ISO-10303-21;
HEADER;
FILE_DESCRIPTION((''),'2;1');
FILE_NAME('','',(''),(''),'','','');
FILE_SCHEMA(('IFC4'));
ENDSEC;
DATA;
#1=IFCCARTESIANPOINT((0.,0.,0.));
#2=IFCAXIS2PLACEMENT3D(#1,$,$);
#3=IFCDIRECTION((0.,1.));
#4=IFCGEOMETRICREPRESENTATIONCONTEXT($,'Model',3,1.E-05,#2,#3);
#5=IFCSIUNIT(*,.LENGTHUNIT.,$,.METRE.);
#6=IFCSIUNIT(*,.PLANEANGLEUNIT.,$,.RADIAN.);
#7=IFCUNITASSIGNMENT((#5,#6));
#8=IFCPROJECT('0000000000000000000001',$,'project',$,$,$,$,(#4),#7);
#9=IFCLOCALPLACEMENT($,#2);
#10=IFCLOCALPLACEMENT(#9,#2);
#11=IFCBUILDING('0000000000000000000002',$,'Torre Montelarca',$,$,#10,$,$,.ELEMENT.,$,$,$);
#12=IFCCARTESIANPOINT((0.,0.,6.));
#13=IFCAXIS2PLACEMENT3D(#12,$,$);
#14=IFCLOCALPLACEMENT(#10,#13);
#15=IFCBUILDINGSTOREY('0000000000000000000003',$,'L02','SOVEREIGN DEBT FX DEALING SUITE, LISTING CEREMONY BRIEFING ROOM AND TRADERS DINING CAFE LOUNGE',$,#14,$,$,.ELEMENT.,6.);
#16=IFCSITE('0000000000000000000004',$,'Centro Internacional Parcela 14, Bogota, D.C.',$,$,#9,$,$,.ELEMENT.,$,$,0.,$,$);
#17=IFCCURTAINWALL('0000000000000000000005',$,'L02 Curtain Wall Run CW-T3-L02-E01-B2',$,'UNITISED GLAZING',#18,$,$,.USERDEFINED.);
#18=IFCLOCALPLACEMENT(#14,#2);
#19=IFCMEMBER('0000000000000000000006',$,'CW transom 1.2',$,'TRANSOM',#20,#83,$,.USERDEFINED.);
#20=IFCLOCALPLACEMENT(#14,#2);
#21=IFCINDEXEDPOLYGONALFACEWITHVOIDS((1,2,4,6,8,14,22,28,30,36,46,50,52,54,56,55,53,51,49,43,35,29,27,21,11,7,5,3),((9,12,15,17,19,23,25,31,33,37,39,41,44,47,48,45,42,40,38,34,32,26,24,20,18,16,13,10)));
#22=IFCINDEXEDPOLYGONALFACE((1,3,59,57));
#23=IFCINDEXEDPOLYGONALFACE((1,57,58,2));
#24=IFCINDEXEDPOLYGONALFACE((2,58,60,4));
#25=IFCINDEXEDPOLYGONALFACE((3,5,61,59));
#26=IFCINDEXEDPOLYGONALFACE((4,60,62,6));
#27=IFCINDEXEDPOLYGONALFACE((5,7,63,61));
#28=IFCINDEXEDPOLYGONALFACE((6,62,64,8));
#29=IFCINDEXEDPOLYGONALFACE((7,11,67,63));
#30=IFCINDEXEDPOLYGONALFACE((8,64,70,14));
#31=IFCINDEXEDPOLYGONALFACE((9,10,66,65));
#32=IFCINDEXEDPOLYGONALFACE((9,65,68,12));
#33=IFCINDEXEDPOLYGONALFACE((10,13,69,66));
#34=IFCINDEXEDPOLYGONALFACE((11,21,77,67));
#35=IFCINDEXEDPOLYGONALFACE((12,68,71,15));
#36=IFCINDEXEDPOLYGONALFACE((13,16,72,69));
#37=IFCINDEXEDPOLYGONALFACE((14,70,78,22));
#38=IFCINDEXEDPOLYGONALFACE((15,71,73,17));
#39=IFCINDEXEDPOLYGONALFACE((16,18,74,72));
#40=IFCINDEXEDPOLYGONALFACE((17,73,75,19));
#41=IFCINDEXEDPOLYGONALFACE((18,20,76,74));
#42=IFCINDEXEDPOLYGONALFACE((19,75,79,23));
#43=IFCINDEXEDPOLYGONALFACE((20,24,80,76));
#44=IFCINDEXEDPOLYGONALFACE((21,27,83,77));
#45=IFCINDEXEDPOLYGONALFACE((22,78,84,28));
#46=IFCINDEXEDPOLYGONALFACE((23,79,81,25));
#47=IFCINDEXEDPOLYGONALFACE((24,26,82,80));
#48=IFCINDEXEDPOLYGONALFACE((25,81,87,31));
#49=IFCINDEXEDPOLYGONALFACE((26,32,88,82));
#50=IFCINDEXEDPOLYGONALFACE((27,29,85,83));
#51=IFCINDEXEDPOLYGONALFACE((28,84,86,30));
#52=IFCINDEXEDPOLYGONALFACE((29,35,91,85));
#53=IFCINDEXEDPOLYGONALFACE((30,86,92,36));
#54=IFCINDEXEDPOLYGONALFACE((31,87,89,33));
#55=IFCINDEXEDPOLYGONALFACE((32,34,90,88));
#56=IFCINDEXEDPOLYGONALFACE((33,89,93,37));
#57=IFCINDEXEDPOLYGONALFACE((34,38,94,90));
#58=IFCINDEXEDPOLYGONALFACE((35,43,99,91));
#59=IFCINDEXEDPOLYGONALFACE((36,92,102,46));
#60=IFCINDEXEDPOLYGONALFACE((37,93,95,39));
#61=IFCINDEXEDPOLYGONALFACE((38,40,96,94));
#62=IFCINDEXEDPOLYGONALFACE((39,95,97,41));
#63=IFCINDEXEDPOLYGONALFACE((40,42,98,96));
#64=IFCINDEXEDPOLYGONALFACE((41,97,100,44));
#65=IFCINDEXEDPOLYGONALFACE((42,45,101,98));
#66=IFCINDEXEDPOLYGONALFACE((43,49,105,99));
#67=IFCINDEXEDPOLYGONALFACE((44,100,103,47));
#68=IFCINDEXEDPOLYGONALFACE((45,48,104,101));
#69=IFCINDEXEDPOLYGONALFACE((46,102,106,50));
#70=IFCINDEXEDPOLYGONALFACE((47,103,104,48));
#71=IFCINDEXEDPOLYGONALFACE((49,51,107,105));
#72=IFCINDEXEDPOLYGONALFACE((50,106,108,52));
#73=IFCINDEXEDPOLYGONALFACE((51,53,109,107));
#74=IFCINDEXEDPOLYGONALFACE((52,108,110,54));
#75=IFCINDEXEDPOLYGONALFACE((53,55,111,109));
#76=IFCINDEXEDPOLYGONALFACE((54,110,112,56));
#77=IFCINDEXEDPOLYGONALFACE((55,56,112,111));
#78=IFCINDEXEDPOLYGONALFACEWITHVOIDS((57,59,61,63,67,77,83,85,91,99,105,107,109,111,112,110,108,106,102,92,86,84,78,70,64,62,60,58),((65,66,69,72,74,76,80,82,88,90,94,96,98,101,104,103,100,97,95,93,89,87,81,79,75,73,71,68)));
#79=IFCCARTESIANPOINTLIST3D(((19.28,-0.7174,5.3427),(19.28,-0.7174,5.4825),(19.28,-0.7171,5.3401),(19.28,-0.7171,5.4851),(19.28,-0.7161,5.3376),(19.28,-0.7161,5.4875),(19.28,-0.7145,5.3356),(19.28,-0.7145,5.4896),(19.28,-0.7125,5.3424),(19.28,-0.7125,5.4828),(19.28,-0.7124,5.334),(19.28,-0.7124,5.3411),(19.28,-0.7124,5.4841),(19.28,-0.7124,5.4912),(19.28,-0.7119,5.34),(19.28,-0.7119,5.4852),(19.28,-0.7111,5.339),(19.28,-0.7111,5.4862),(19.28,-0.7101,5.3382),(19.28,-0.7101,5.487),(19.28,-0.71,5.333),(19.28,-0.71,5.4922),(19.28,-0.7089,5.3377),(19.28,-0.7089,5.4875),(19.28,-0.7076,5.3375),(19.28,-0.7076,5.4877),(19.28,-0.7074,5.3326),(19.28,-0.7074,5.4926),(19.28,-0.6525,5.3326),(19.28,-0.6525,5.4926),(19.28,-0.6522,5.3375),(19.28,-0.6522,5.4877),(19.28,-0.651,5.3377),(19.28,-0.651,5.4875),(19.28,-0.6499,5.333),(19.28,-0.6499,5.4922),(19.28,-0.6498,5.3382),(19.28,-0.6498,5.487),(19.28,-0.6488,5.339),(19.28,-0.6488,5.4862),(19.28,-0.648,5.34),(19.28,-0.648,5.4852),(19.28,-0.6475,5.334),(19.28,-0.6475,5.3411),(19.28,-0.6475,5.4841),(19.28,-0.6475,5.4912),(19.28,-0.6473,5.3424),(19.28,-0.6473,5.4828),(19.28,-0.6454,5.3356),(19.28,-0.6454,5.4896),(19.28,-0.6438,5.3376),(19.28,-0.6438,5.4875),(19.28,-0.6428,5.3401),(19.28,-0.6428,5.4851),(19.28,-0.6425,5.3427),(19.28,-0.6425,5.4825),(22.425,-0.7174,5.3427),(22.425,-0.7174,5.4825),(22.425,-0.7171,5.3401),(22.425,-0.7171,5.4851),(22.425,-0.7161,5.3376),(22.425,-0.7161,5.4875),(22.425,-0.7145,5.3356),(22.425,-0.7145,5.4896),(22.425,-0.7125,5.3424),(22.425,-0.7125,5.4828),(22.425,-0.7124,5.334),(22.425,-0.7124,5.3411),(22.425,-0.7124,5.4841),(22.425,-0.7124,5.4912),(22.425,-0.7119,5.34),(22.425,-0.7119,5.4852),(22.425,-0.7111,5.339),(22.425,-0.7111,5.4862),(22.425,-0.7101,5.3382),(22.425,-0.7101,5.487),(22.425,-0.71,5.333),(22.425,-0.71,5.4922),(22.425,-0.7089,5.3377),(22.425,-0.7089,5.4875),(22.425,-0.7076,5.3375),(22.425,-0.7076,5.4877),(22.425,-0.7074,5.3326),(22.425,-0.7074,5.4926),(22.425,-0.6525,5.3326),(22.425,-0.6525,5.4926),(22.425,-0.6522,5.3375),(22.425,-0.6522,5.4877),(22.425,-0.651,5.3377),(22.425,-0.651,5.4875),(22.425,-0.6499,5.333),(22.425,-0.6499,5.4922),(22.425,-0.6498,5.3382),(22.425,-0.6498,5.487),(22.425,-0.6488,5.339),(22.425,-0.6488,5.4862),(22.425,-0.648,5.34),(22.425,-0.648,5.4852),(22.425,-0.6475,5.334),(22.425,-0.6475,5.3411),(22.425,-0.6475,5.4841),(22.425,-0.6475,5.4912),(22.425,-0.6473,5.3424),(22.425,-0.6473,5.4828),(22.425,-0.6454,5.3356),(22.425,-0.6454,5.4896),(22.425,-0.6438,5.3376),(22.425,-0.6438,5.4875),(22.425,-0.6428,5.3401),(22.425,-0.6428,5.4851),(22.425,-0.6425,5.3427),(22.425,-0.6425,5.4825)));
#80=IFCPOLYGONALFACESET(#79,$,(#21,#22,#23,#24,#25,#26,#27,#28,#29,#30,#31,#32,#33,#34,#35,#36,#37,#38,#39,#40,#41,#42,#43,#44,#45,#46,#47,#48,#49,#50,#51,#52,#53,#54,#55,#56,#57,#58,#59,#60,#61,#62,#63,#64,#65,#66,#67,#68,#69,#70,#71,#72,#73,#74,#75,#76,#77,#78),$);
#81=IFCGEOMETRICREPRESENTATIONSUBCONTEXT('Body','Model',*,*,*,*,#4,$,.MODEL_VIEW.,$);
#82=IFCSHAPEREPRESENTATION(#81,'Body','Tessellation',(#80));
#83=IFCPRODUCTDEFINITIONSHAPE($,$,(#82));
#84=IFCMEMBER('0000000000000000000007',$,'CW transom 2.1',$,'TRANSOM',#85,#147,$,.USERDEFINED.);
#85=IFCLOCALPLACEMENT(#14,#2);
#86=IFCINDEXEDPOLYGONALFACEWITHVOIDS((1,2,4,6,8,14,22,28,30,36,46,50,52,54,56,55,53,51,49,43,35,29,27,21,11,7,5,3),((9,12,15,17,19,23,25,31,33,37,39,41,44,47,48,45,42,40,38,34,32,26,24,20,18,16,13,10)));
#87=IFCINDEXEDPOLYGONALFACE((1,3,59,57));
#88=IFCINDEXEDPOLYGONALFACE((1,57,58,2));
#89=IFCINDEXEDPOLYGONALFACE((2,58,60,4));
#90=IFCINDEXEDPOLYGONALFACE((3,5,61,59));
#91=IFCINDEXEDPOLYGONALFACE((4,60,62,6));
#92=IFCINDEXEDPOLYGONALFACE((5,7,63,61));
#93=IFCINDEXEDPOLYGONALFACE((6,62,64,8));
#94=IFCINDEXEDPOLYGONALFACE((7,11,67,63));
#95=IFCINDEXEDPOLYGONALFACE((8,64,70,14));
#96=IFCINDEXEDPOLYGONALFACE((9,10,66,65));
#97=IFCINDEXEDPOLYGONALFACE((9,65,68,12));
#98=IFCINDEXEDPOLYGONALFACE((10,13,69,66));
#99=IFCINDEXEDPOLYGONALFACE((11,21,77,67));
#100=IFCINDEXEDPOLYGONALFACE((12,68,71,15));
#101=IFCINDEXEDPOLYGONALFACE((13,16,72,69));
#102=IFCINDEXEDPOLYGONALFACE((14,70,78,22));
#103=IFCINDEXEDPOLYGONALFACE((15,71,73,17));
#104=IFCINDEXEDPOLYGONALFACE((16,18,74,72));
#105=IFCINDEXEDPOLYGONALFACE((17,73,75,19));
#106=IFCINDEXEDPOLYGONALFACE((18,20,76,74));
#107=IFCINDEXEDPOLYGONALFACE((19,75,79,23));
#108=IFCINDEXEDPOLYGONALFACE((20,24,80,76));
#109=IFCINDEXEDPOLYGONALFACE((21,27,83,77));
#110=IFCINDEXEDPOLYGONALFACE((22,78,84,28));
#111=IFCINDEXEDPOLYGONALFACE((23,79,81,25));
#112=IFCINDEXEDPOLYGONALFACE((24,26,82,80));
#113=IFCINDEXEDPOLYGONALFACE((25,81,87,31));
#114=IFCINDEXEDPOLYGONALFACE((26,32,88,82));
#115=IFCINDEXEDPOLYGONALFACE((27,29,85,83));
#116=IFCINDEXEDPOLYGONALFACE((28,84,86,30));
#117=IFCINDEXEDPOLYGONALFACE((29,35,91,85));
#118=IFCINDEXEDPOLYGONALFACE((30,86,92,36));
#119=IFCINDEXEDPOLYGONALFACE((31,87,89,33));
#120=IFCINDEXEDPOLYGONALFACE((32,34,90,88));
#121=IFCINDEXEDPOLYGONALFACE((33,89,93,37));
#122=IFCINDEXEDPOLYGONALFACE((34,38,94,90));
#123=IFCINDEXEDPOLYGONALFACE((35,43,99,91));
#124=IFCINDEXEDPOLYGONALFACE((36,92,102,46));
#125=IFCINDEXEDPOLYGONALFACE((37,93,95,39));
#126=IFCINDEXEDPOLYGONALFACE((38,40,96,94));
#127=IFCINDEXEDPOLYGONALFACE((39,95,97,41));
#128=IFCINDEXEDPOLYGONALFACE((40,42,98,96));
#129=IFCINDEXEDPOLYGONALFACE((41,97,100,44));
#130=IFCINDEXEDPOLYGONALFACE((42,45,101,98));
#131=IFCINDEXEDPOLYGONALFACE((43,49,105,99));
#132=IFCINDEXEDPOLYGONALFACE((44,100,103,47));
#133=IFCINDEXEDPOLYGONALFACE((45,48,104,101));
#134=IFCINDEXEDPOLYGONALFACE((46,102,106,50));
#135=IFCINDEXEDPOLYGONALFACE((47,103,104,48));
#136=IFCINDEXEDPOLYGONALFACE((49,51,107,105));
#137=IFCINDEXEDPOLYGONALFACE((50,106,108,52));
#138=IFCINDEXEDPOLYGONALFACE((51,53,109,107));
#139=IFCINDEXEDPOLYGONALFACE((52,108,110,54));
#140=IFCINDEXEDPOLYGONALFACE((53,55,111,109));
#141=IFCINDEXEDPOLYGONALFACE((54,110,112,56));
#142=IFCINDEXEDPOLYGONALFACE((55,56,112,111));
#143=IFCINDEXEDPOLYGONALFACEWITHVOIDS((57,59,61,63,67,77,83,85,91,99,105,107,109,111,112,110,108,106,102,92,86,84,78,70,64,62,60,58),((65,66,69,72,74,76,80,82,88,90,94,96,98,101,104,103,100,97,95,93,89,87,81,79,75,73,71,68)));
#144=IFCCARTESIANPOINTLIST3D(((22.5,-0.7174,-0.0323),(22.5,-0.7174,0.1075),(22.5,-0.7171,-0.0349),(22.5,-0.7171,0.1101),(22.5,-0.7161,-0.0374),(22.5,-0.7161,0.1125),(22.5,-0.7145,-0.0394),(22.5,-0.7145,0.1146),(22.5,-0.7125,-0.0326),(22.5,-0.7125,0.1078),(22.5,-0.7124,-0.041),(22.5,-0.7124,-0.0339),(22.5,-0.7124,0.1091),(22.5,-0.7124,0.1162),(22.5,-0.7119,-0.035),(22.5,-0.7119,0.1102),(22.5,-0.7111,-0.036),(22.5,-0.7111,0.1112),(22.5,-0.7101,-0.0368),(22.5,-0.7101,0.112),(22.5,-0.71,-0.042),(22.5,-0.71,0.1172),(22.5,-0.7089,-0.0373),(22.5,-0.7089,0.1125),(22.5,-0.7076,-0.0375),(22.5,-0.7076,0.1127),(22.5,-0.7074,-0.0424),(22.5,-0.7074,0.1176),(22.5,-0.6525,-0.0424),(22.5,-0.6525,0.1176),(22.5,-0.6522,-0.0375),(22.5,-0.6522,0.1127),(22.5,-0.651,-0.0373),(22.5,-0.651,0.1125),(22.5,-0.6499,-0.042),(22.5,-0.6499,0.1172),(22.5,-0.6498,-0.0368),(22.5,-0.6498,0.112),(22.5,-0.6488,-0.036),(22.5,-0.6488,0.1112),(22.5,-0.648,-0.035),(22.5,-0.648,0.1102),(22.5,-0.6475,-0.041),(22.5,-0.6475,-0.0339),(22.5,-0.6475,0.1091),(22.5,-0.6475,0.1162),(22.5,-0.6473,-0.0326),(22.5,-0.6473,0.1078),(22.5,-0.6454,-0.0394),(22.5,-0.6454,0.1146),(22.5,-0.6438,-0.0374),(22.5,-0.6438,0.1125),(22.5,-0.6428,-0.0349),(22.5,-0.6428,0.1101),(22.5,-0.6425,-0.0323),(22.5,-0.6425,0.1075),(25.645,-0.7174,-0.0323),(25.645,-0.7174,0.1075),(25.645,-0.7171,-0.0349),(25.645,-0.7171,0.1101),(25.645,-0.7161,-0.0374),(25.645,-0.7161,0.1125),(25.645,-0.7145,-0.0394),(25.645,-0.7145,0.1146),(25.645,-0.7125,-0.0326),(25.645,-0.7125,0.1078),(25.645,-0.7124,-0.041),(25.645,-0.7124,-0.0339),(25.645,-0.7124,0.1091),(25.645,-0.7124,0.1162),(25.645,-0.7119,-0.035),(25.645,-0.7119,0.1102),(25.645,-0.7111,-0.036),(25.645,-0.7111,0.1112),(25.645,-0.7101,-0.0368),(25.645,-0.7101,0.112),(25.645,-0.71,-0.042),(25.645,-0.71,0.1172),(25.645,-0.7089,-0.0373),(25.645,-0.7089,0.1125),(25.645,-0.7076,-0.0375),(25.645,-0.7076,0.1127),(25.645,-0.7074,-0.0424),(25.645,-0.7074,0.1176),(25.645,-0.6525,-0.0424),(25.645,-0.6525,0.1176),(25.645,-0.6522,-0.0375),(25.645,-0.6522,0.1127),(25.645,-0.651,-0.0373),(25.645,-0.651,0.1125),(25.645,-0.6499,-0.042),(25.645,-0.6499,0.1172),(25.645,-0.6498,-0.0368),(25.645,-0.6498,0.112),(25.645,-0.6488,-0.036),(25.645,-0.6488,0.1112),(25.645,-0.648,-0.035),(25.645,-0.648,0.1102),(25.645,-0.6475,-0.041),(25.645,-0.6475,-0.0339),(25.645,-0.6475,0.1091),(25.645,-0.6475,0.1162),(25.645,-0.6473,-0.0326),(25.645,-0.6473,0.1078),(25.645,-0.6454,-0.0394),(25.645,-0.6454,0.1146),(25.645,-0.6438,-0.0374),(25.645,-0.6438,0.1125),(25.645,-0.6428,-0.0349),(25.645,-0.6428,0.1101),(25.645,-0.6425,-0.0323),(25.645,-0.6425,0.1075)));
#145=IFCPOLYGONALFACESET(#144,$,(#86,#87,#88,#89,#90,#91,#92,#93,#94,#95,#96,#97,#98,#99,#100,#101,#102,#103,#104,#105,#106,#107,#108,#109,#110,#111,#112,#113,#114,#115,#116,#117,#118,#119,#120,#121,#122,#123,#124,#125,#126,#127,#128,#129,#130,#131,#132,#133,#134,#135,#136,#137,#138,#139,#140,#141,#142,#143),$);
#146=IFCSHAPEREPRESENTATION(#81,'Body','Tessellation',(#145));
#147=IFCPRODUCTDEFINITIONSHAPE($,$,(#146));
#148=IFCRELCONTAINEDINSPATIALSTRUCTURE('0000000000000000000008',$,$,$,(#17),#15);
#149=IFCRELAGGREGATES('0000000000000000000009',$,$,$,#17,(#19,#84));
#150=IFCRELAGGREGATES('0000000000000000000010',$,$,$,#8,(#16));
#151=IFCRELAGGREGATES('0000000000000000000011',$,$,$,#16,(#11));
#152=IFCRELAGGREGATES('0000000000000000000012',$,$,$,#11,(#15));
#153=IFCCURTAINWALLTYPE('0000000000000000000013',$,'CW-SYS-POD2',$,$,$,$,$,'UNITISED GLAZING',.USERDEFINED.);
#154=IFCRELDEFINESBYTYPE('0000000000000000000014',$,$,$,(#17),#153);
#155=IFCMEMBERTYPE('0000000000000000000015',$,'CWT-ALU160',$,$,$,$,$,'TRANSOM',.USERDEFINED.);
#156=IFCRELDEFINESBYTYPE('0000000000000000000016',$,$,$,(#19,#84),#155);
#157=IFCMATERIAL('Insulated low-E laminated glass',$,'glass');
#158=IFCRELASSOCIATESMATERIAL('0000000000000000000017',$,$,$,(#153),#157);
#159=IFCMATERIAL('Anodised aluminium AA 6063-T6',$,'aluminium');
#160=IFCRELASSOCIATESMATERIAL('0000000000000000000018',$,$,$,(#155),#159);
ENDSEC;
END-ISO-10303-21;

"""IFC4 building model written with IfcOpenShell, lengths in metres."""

from ifc_helpers import new_model, si_unit, direction, frame, origin, origin_2d, place, context, subcontext, project, spatial, hollow_rectangle, extrude, source, transform, mapped, material, material_profile, profile_set, type_object, element, aggregate, save


model = new_model("IFC4")

# Units and contexts
model_context = context("Model", 3, precision=1e-05, world=origin(), true_north=direction((0.0, 1.0)))
body_context = subcontext(model_context, "Body", "Model", "MODEL_VIEW")
ifc_project = project(units=[si_unit("LENGTHUNIT", "METRE"), si_unit("PLANEANGLEUNIT", "RADIAN")], contexts=[model_context])

# Site, building, storey
site_placement = place(None, origin())
site = spatial("IfcSite", under=ifc_project, at=site_placement, Name="Centro Internacional Parcela 14, Bogota, D.C.", CompositionType="ELEMENT", RefElevation=0.0)
building_placement = place(site_placement, origin())
building = spatial("IfcBuilding", under=site, at=building_placement, Name="Torre Montelarca", CompositionType="ELEMENT")
storey_placement = place(building_placement, frame((0.0, 0.0, 6.0)))
storey = spatial("IfcBuildingStorey", under=building, at=storey_placement, Name="L02", Description="SOVEREIGN DEBT FX DEALING SUITE, LISTING CEREMONY BRIEFING ROOM AND TRADERS DINING CAFE LOUNGE", CompositionType="ELEMENT", Elevation=6.0)

# Curtain wall
ifc_material_1 = material(Name="Insulated low-E laminated glass", Category="glass")
curtain_wall_type = type_object("IfcCurtainWallType", Name="CW-SYS-POD2", ElementType="UNITISED GLAZING", PredefinedType="USERDEFINED", material=ifc_material_1)
ifc_material_2 = material(Name="Anodised aluminium AA 6063-T6", Category="aluminium")
curtain_wall_1_placement = place(storey_placement, origin())
curtain_wall_1 = element("IfcCurtainWall", 1, at=curtain_wall_1_placement, inside=storey, type_object=curtain_wall_type, Name="L02 Curtain Wall Run CW-T3-L02-E01-B2", ObjectType="UNITISED GLAZING", PredefinedType="USERDEFINED")

# Members
ifc_material_profile_1 = material_profile(ifc_material_2, hollow_rectangle(XDim=0.075, YDim=0.1599, WallThickness=0.0049, InnerFilletRadius=0.0049, OuterFilletRadius=0.01, at=origin_2d()), Name="ALU75X160X5", Category="aluminium")
ifc_profile_set_1 = profile_set([ifc_material_profile_1], Name="Anodised aluminium AA 6063-T6")
member_type_1 = type_object("IfcMemberType", Name="CWT-ALU160", ElementType="TRANSOM", PredefinedType="USERDEFINED", material=ifc_profile_set_1)
shared_shape_1 = source(origin(), body_context, "Body", "SweptSolid", [
    extrude(hollow_rectangle(XDim=0.075, YDim=0.1599, WallThickness=0.0049, InnerFilletRadius=0.0049, OuterFilletRadius=0.01, at=origin_2d()), origin(), (0.0, 0.0, 1.0), 3.145),
])
member_1_placement = place(storey_placement, frame((19.28, -0.6799, 5.4126), z_axis=(1.0, 0.0, 0.0), x_axis=(0.0, 1.0, 0.0)))
member_1 = element("IfcMember", 2, at=member_1_placement, type_object=member_type_1, Name="CW transom 1.2", ObjectType="TRANSOM", PredefinedType="USERDEFINED", context=body_context, shape_type="MappedRepresentation", body=[
    mapped(shared_shape_1, transform((0.0, 0.0, 0.0), scale=1.0)),
])
member_2_placement = place(storey_placement, frame((22.5, -0.6799, 0.0376), z_axis=(1.0, 0.0, 0.0), x_axis=(0.0, 1.0, 0.0)))
member_2 = element("IfcMember", 3, at=member_2_placement, type_object=member_type_1, Name="CW transom 2.1", ObjectType="TRANSOM", PredefinedType="USERDEFINED", context=body_context, shape_type="MappedRepresentation", body=[
    mapped(shared_shape_1, transform((0.0, 0.0, 0.0), scale=1.0)),
])

aggregate(curtain_wall_1, [member_1, member_2])

save(model, "model.ifc")
